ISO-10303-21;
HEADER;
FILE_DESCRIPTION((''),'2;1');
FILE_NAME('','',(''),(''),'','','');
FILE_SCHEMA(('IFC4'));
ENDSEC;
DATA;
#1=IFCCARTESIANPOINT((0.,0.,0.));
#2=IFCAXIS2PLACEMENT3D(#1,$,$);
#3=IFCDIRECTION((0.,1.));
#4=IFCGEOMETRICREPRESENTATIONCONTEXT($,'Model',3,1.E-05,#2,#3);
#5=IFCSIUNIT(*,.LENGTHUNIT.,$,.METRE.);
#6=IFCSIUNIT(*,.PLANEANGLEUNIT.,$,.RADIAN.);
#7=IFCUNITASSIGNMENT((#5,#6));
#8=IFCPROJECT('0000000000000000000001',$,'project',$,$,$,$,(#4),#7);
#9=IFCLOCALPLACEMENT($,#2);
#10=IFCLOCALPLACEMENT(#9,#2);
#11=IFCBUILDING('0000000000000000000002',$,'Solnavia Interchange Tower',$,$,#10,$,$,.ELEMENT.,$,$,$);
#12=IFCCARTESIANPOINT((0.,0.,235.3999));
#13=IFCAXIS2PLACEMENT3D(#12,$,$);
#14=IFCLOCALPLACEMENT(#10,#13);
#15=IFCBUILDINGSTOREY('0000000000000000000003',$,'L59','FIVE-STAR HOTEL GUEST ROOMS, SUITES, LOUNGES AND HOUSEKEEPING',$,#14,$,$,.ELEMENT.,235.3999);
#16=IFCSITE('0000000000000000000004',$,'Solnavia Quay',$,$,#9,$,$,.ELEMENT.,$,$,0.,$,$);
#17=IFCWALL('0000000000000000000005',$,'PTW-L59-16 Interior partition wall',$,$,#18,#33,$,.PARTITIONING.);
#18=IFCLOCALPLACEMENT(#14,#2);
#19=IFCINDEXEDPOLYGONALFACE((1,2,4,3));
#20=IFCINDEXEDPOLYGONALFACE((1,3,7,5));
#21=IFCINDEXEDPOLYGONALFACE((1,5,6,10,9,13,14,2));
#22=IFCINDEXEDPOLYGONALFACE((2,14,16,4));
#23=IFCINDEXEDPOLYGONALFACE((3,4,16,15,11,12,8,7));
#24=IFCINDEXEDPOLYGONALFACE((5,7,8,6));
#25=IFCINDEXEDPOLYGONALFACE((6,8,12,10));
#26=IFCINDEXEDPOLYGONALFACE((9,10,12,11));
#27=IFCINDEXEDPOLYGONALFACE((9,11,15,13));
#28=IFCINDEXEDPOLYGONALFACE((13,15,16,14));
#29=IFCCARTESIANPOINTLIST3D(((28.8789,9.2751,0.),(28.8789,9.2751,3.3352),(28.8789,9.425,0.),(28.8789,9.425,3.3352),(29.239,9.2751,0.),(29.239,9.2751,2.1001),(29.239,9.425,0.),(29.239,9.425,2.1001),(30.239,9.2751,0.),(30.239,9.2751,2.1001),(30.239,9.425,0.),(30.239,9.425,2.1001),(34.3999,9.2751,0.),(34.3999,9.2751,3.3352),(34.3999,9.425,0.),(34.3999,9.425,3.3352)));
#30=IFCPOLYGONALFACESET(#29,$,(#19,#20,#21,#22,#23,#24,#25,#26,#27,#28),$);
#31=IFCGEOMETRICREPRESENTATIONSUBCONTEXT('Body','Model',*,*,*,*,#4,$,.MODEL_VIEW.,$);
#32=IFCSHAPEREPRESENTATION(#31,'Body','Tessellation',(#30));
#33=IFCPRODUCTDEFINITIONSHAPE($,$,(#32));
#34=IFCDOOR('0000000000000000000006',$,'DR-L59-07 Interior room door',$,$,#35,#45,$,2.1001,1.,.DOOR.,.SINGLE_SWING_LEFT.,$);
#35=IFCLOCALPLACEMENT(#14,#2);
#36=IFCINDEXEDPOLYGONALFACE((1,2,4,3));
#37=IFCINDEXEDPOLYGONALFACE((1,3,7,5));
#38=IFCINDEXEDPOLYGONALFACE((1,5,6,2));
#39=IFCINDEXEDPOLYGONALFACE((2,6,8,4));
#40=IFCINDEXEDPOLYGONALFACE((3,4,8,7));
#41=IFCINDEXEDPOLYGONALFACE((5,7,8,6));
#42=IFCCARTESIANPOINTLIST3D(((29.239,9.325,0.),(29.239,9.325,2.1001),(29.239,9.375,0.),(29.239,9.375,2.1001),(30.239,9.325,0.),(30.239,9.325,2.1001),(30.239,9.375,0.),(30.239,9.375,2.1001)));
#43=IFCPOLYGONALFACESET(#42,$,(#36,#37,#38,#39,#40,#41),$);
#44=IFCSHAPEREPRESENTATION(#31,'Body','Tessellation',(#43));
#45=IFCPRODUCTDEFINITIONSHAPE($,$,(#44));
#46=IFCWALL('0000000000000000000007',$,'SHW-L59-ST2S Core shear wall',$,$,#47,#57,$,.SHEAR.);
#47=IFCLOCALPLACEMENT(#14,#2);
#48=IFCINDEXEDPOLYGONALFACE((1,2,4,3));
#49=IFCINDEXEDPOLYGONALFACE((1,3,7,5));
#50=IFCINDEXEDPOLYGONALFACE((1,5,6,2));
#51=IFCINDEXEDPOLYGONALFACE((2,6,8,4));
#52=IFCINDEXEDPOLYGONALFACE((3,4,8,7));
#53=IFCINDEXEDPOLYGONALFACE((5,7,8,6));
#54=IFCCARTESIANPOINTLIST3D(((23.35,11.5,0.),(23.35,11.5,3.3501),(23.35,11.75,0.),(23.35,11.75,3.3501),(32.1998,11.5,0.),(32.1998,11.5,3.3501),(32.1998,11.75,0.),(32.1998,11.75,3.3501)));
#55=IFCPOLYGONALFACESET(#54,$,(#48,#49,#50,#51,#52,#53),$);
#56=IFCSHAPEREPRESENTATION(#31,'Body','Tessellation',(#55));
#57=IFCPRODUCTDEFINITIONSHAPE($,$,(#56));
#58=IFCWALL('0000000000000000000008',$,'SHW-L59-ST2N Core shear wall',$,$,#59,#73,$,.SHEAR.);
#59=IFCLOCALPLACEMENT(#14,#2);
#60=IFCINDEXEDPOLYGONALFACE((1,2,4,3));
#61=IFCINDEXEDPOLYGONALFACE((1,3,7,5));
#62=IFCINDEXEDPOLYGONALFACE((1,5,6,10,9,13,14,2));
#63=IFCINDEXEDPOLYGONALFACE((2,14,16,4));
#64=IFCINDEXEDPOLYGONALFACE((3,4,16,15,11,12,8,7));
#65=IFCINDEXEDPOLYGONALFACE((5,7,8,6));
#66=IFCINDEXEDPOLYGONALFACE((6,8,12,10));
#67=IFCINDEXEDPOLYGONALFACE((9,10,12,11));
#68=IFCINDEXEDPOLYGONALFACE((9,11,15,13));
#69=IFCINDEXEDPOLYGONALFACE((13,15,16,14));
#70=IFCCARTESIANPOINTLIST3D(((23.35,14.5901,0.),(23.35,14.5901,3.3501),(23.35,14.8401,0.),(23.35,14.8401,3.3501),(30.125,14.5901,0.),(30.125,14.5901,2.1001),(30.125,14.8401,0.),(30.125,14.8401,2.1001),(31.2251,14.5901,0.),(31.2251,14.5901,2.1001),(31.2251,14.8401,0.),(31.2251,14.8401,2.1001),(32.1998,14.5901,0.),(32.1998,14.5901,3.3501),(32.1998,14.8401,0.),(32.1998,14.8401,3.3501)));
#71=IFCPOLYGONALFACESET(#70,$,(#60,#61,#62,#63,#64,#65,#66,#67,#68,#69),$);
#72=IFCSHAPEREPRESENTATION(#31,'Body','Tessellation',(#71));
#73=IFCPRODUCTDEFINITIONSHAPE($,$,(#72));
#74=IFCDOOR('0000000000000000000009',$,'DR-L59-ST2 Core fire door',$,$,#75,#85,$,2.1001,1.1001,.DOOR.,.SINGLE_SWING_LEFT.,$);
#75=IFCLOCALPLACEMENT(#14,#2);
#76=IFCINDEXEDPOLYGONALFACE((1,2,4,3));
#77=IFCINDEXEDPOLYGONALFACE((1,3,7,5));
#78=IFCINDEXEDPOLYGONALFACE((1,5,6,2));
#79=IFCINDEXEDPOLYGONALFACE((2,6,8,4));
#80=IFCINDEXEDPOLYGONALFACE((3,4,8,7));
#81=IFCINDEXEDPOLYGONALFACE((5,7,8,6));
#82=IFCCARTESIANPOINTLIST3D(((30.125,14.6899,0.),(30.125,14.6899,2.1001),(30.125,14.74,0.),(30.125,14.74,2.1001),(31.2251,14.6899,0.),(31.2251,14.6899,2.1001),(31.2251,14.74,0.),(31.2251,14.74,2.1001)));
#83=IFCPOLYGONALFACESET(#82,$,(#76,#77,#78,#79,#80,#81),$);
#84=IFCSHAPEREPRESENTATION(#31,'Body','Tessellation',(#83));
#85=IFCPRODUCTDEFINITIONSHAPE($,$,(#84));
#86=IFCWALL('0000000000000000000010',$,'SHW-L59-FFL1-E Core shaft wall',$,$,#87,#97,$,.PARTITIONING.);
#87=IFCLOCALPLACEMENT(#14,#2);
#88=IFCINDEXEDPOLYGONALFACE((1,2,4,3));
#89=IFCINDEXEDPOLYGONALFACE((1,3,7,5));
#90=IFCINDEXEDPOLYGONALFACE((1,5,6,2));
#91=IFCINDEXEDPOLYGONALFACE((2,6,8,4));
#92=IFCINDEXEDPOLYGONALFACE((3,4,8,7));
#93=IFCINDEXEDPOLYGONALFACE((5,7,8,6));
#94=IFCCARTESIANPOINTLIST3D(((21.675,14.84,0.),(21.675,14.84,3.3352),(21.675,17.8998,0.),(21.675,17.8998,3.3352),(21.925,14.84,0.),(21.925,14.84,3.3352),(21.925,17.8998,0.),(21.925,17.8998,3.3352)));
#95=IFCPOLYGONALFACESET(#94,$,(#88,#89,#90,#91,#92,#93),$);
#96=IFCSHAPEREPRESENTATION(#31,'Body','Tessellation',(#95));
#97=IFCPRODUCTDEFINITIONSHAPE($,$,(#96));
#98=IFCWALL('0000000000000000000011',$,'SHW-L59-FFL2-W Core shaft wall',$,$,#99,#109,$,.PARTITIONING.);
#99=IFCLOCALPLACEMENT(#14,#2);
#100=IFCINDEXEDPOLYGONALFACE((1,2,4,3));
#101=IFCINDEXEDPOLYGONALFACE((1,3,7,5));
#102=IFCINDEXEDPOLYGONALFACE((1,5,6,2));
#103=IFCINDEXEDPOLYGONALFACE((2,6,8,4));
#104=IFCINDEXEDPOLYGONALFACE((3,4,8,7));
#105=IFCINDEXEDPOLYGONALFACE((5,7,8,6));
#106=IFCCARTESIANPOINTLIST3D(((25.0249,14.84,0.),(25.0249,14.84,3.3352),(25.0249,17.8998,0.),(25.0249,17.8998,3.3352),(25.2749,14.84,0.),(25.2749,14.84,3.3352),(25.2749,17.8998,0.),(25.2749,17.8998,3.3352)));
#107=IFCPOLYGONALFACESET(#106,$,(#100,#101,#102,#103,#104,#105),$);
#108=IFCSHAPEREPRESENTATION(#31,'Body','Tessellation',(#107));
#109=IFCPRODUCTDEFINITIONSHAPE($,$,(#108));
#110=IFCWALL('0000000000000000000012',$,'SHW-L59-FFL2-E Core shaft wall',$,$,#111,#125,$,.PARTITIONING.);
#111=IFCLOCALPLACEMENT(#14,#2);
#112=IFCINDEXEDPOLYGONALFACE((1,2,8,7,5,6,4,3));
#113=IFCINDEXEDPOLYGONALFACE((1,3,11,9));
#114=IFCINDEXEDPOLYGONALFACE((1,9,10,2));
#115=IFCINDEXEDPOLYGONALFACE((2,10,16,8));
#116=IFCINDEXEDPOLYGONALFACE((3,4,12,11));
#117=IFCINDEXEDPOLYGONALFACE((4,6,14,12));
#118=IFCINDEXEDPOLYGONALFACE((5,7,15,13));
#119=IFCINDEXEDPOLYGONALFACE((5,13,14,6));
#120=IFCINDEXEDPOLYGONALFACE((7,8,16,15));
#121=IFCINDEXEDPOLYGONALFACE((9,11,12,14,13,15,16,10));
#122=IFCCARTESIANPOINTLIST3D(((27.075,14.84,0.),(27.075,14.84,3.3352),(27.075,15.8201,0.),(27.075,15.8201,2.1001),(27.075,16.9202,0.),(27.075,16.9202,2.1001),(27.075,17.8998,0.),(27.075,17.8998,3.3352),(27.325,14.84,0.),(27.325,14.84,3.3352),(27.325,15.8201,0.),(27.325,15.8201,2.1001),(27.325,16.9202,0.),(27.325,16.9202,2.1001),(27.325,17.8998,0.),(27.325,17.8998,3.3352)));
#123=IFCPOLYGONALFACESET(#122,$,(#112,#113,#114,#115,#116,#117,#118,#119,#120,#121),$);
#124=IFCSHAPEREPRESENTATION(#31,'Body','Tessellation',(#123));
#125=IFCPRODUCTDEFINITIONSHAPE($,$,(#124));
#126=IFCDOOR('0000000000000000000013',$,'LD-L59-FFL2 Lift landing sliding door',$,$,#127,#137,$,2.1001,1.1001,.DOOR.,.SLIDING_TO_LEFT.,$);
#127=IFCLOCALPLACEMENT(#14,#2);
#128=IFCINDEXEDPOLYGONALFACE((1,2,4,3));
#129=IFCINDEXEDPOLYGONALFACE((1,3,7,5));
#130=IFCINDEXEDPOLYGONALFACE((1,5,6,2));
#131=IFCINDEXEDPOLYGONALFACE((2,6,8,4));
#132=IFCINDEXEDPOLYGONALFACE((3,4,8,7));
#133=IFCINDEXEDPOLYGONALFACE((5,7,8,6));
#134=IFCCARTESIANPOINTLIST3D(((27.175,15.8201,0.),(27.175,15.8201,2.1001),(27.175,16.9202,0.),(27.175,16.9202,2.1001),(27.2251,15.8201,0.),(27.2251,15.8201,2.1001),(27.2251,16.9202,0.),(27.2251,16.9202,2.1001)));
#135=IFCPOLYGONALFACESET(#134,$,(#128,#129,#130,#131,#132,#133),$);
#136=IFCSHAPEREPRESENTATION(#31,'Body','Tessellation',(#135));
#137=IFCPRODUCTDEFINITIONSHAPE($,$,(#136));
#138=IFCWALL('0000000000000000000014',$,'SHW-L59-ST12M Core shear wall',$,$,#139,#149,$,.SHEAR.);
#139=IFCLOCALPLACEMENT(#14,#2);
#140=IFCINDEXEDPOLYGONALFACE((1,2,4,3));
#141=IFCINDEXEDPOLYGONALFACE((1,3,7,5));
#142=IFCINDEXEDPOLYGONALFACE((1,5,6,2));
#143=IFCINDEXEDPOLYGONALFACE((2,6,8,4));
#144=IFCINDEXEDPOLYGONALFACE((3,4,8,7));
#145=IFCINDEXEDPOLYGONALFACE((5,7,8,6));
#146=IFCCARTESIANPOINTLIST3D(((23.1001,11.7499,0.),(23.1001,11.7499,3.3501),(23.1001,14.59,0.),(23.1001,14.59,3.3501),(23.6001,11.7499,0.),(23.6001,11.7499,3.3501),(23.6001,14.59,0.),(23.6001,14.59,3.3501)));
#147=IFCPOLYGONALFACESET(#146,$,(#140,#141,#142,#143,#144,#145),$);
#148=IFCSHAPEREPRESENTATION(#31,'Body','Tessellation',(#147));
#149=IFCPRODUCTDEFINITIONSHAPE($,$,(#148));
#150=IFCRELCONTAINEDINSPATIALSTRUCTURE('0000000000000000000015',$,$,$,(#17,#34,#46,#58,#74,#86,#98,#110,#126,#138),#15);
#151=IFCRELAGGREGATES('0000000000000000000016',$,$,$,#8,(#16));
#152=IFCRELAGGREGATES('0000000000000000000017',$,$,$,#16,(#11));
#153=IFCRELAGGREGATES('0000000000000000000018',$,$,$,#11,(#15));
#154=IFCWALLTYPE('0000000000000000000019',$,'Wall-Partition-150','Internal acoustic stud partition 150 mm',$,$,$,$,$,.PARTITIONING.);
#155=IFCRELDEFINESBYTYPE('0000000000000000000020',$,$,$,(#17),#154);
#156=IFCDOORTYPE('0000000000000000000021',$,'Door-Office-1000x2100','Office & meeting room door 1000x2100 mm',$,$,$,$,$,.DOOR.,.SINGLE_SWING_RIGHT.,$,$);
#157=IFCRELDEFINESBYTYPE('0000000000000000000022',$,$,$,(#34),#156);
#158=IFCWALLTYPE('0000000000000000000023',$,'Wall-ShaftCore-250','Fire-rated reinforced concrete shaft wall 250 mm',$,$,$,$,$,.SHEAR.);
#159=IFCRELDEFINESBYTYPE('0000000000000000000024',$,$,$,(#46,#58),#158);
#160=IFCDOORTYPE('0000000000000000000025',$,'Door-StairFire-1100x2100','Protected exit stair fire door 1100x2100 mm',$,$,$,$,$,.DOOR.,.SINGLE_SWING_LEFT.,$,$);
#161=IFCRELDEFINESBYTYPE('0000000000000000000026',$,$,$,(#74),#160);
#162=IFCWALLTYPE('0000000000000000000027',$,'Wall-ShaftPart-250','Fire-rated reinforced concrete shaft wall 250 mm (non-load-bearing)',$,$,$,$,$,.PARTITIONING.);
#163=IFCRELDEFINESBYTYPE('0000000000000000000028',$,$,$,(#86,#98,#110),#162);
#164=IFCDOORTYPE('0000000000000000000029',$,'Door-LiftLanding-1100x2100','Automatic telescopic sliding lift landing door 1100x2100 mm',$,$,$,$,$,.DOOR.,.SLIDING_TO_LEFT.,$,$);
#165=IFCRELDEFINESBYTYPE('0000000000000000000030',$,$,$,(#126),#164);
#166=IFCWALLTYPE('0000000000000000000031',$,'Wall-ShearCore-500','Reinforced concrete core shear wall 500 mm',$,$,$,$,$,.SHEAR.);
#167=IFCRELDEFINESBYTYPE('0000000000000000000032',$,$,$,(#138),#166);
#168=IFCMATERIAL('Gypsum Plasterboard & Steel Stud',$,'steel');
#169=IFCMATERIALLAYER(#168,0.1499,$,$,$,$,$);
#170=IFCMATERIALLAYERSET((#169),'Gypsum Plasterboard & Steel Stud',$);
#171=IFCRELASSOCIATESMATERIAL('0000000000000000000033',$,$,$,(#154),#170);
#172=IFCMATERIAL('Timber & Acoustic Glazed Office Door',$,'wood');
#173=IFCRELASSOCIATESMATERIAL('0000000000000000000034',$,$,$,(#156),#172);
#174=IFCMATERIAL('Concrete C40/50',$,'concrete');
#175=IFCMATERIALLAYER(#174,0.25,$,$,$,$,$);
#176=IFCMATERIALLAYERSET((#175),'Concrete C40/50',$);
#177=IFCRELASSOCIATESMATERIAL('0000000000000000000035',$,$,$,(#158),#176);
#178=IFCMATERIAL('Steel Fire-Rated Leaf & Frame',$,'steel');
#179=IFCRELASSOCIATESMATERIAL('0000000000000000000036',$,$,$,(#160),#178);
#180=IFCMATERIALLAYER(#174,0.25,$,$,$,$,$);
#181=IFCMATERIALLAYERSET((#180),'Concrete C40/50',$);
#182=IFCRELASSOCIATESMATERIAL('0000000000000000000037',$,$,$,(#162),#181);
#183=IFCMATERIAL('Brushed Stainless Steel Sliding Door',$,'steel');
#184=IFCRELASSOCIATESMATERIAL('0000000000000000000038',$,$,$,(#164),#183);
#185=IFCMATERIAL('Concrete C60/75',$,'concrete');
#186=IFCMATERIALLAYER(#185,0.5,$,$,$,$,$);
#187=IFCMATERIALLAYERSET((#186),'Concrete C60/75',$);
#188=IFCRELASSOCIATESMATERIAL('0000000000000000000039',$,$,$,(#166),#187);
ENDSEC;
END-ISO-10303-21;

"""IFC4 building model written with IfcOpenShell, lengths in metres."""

from ifc_helpers import new_model, si_unit, direction, frame, frame_2d, origin, place, context, subcontext, project, spatial, rectangle, extrude, material, layer, layer_set, type_object, element, fill, save


model = new_model("IFC4")

# Units and contexts
model_context = context("Model", 3, precision=1e-05, world=origin(), true_north=direction((0.0, 1.0)))
body_context = subcontext(model_context, "Body", "Model", "MODEL_VIEW")
ifc_project = project(units=[si_unit("LENGTHUNIT", "METRE"), si_unit("PLANEANGLEUNIT", "RADIAN")], contexts=[model_context])

# Site, building, storey
site_placement = place(None, origin())
site = spatial("IfcSite", under=ifc_project, at=site_placement, Name="Solnavia Quay", CompositionType="ELEMENT", RefElevation=0.0)
building_placement = place(site_placement, origin())
building = spatial("IfcBuilding", under=site, at=building_placement, Name="Solnavia Interchange Tower", CompositionType="ELEMENT")
storey_placement = place(building_placement, frame((0.0, 0.0, 235.3999)))
storey = spatial("IfcBuildingStorey", under=building, at=storey_placement, Name="L59", Description="FIVE-STAR HOTEL GUEST ROOMS, SUITES, LOUNGES AND HOUSEKEEPING", CompositionType="ELEMENT", Elevation=235.3999)

# Wall, opening, door
ifc_material_1 = material(Name="Gypsum Plasterboard & Steel Stud", Category="steel")
ifc_layer_1 = layer(ifc_material_1, 0.1499)
ifc_layer_set_1 = layer_set([ifc_layer_1], Name="Gypsum Plasterboard & Steel Stud")
wall_type_1 = type_object("IfcWallType", Name="Wall-Partition-150", Description="Internal acoustic stud partition 150 mm", PredefinedType="PARTITIONING", material=ifc_layer_set_1)
wall_1_placement = place(storey_placement, frame((28.8789, 9.3501, 0.0), z_axis=(0.0, 0.0, 1.0), x_axis=(1.0, 0.0, 0.0)))
wall_1 = element("IfcWall", 1, at=wall_1_placement, inside=storey, type_object=wall_type_1, Name="PTW-L59-16 Interior partition wall", PredefinedType="PARTITIONING", context=body_context, shape_type="SweptSolid", body=[
    extrude(rectangle(XDim=5.521, YDim=0.1499, at=frame_2d((2.7605, 0.0))), origin(), (0.0, 0.0, 1.0), 3.3352),
])
opening_1_placement = place(wall_1_placement, frame((0.3601, 0.0, 0.0)))
opening_1 = element("IfcOpeningElement", 2, at=opening_1_placement, cuts=wall_1, PredefinedType="OPENING", context=body_context, shape_type="SweptSolid", body=[
    extrude(rectangle(XDim=1.0, YDim=2.1001, at=frame_2d((0.5, 1.05))), frame((0.0, 0.085, 0.0), z_axis=(0.0, -1.0, 0.0), x_axis=(1.0, 0.0, 0.0)), (0.0, 0.0, 1.0), 0.1699),
])
ifc_material_2 = material(Name="Timber & Acoustic Glazed Office Door", Category="wood")
door_type_1 = type_object("IfcDoorType", Name="Door-Office-1000x2100", Description="Office & meeting room door 1000x2100 mm", OperationType="SINGLE_SWING_RIGHT", PredefinedType="DOOR", material=ifc_material_2)
door_1_placement = place(opening_1_placement, origin())
door_1 = element("IfcDoor", 3, at=door_1_placement, inside=storey, type_object=door_type_1, Name="DR-L59-07 Interior room door", OperationType="SINGLE_SWING_LEFT", OverallHeight=2.1001, OverallWidth=1.0, PredefinedType="DOOR", context=body_context, shape_type="SweptSolid", body=[
    extrude(rectangle(XDim=1.0, YDim=2.1001, at=frame_2d((0.5, 1.05))), frame((0.0, 0.0249, 0.0), z_axis=(0.0, -1.0, 0.0), x_axis=(1.0, 0.0, 0.0)), (0.0, 0.0, 1.0), 0.05),
])
fill(opening_1, door_1)

# Wall
ifc_material_3 = material(Name="Concrete C40/50", Category="concrete")
ifc_layer_2 = layer(ifc_material_3, 0.25)
ifc_layer_set_2 = layer_set([ifc_layer_2], Name="Concrete C40/50")
wall_type_2 = type_object("IfcWallType", Name="Wall-ShaftCore-250", Description="Fire-rated reinforced concrete shaft wall 250 mm", PredefinedType="SHEAR", material=ifc_layer_set_2)
wall_2_placement = place(storey_placement, frame((23.3501, 11.625, 0.0), z_axis=(0.0, 0.0, 1.0), x_axis=(1.0, 0.0, 0.0)))
element("IfcWall", 4, at=wall_2_placement, inside=storey, type_object=wall_type_2, Name="SHW-L59-ST2S Core shear wall", PredefinedType="SHEAR", context=body_context, shape_type="SweptSolid", body=[
    extrude(rectangle(XDim=8.8499, YDim=0.25, at=frame_2d((4.4248, 0.0))), origin(), (0.0, 0.0, 1.0), 3.3501),
])

# Wall, opening, door
wall_3_placement = place(storey_placement, frame((23.3501, 14.7151, 0.0), z_axis=(0.0, 0.0, 1.0), x_axis=(1.0, 0.0, 0.0)))
wall_3 = element("IfcWall", 5, at=wall_3_placement, inside=storey, type_object=wall_type_2, Name="SHW-L59-ST2N Core shear wall", PredefinedType="SHEAR", context=body_context, shape_type="SweptSolid", body=[
    extrude(rectangle(XDim=8.8499, YDim=0.25, at=frame_2d((4.4248, 0.0))), origin(), (0.0, 0.0, 1.0), 3.3501),
])
opening_2_placement = place(wall_3_placement, frame((6.7749, 0.0, 0.0)))
opening_2 = element("IfcOpeningElement", 6, at=opening_2_placement, cuts=wall_3, PredefinedType="OPENING", context=body_context, shape_type="SweptSolid", body=[
    extrude(rectangle(XDim=1.1001, YDim=2.1001, at=frame_2d((0.55, 1.05))), frame((0.0, 0.135, 0.0), z_axis=(0.0, -1.0, 0.0), x_axis=(1.0, 0.0, 0.0)), (0.0, 0.0, 1.0), 0.27),
])
ifc_material_4 = material(Name="Steel Fire-Rated Leaf & Frame", Category="steel")
door_type_2 = type_object("IfcDoorType", Name="Door-StairFire-1100x2100", Description="Protected exit stair fire door 1100x2100 mm", OperationType="SINGLE_SWING_LEFT", PredefinedType="DOOR", material=ifc_material_4)
door_2_placement = place(opening_2_placement, origin())
door_2 = element("IfcDoor", 7, at=door_2_placement, inside=storey, type_object=door_type_2, Name="DR-L59-ST2 Core fire door", OperationType="SINGLE_SWING_LEFT", OverallHeight=2.1001, OverallWidth=1.1001, PredefinedType="DOOR", context=body_context, shape_type="SweptSolid", body=[
    extrude(rectangle(XDim=1.1001, YDim=2.1001, at=frame_2d((0.55, 1.05))), frame((0.0, 0.0249, 0.0), z_axis=(0.0, -1.0, 0.0), x_axis=(1.0, 0.0, 0.0)), (0.0, 0.0, 1.0), 0.05),
])
fill(opening_2, door_2)

# Walls
ifc_layer_3 = layer(ifc_material_3, 0.25)
ifc_layer_set_3 = layer_set([ifc_layer_3], Name="Concrete C40/50")
wall_type_3 = type_object("IfcWallType", Name="Wall-ShaftPart-250", Description="Fire-rated reinforced concrete shaft wall 250 mm (non-load-bearing)", PredefinedType="PARTITIONING", material=ifc_layer_set_3)
for number, where, z_axis, x_axis, name in (
    (8, (21.8, 14.8401, 0.0), (0.0, 0.0, 1.0), (0.0, 1.0, 0.0), "SHW-L59-FFL1-E Core shaft wall"),
    (9, (25.1499, 14.8401, 0.0), (0.0, 0.0, 1.0), (0.0, 1.0, 0.0), "SHW-L59-FFL2-W Core shaft wall"),
):
    element("IfcWall", number, at=place(storey_placement, frame(where, z_axis=z_axis, x_axis=x_axis)), inside=storey, type_object=wall_type_3, Name=name, PredefinedType="PARTITIONING", context=body_context, shape_type="SweptSolid", body=[
        extrude(rectangle(XDim=3.0598, YDim=0.25, at=frame_2d((1.5298, 0.0))), origin(), (0.0, 0.0, 1.0), 3.3352),
    ])

# Wall, opening, door
wall_4_placement = place(storey_placement, frame((27.2, 14.8401, 0.0), z_axis=(0.0, 0.0, 1.0), x_axis=(0.0, 1.0, 0.0)))
wall_4 = element("IfcWall", 10, at=wall_4_placement, inside=storey, type_object=wall_type_3, Name="SHW-L59-FFL2-E Core shaft wall", PredefinedType="PARTITIONING", context=body_context, shape_type="SweptSolid", body=[
    extrude(rectangle(XDim=3.0598, YDim=0.25, at=frame_2d((1.5298, 0.0))), origin(), (0.0, 0.0, 1.0), 3.3352),
])
opening_3_placement = place(wall_4_placement, frame((0.98, 0.0, 0.0)))
opening_3 = element("IfcOpeningElement", 11, at=opening_3_placement, cuts=wall_4, PredefinedType="OPENING", context=body_context, shape_type="SweptSolid", body=[
    extrude(rectangle(XDim=1.1001, YDim=2.1001, at=frame_2d((0.55, 1.05))), frame((0.0, 0.135, 0.0), z_axis=(0.0, -1.0, 0.0), x_axis=(1.0, 0.0, 0.0)), (0.0, 0.0, 1.0), 0.27),
])
ifc_material_5 = material(Name="Brushed Stainless Steel Sliding Door", Category="steel")
door_type_3 = type_object("IfcDoorType", Name="Door-LiftLanding-1100x2100", Description="Automatic telescopic sliding lift landing door 1100x2100 mm", OperationType="SLIDING_TO_LEFT", PredefinedType="DOOR", material=ifc_material_5)
door_3_placement = place(opening_3_placement, origin())
door_3 = element("IfcDoor", 12, at=door_3_placement, inside=storey, type_object=door_type_3, Name="LD-L59-FFL2 Lift landing sliding door", OperationType="SLIDING_TO_LEFT", OverallHeight=2.1001, OverallWidth=1.1001, PredefinedType="DOOR", context=body_context, shape_type="SweptSolid", body=[
    extrude(rectangle(XDim=1.1001, YDim=2.1001, at=frame_2d((0.55, 1.05))), frame((0.0, 0.0249, 0.0), z_axis=(0.0, -1.0, 0.0), x_axis=(1.0, 0.0, 0.0)), (0.0, 0.0, 1.0), 0.05),
])
fill(opening_3, door_3)

# Wall
ifc_material_6 = material(Name="Concrete C60/75", Category="concrete")
ifc_layer_4 = layer(ifc_material_6, 0.5)
ifc_layer_set_4 = layer_set([ifc_layer_4], Name="Concrete C60/75")
wall_type_4 = type_object("IfcWallType", Name="Wall-ShearCore-500", Description="Reinforced concrete core shear wall 500 mm", PredefinedType="SHEAR", material=ifc_layer_set_4)
wall_5_placement = place(storey_placement, frame((23.3501, 11.75, 0.0), z_axis=(0.0, 0.0, 1.0), x_axis=(0.0, 1.0, 0.0)))
element("IfcWall", 13, at=wall_5_placement, inside=storey, type_object=wall_type_4, Name="SHW-L59-ST12M Core shear wall", PredefinedType="SHEAR", context=body_context, shape_type="SweptSolid", body=[
    extrude(rectangle(XDim=2.8401, YDim=0.5, at=frame_2d((1.4199, 0.0))), origin(), (0.0, 0.0, 1.0), 3.3501),
])

save(model, "model.ifc")
